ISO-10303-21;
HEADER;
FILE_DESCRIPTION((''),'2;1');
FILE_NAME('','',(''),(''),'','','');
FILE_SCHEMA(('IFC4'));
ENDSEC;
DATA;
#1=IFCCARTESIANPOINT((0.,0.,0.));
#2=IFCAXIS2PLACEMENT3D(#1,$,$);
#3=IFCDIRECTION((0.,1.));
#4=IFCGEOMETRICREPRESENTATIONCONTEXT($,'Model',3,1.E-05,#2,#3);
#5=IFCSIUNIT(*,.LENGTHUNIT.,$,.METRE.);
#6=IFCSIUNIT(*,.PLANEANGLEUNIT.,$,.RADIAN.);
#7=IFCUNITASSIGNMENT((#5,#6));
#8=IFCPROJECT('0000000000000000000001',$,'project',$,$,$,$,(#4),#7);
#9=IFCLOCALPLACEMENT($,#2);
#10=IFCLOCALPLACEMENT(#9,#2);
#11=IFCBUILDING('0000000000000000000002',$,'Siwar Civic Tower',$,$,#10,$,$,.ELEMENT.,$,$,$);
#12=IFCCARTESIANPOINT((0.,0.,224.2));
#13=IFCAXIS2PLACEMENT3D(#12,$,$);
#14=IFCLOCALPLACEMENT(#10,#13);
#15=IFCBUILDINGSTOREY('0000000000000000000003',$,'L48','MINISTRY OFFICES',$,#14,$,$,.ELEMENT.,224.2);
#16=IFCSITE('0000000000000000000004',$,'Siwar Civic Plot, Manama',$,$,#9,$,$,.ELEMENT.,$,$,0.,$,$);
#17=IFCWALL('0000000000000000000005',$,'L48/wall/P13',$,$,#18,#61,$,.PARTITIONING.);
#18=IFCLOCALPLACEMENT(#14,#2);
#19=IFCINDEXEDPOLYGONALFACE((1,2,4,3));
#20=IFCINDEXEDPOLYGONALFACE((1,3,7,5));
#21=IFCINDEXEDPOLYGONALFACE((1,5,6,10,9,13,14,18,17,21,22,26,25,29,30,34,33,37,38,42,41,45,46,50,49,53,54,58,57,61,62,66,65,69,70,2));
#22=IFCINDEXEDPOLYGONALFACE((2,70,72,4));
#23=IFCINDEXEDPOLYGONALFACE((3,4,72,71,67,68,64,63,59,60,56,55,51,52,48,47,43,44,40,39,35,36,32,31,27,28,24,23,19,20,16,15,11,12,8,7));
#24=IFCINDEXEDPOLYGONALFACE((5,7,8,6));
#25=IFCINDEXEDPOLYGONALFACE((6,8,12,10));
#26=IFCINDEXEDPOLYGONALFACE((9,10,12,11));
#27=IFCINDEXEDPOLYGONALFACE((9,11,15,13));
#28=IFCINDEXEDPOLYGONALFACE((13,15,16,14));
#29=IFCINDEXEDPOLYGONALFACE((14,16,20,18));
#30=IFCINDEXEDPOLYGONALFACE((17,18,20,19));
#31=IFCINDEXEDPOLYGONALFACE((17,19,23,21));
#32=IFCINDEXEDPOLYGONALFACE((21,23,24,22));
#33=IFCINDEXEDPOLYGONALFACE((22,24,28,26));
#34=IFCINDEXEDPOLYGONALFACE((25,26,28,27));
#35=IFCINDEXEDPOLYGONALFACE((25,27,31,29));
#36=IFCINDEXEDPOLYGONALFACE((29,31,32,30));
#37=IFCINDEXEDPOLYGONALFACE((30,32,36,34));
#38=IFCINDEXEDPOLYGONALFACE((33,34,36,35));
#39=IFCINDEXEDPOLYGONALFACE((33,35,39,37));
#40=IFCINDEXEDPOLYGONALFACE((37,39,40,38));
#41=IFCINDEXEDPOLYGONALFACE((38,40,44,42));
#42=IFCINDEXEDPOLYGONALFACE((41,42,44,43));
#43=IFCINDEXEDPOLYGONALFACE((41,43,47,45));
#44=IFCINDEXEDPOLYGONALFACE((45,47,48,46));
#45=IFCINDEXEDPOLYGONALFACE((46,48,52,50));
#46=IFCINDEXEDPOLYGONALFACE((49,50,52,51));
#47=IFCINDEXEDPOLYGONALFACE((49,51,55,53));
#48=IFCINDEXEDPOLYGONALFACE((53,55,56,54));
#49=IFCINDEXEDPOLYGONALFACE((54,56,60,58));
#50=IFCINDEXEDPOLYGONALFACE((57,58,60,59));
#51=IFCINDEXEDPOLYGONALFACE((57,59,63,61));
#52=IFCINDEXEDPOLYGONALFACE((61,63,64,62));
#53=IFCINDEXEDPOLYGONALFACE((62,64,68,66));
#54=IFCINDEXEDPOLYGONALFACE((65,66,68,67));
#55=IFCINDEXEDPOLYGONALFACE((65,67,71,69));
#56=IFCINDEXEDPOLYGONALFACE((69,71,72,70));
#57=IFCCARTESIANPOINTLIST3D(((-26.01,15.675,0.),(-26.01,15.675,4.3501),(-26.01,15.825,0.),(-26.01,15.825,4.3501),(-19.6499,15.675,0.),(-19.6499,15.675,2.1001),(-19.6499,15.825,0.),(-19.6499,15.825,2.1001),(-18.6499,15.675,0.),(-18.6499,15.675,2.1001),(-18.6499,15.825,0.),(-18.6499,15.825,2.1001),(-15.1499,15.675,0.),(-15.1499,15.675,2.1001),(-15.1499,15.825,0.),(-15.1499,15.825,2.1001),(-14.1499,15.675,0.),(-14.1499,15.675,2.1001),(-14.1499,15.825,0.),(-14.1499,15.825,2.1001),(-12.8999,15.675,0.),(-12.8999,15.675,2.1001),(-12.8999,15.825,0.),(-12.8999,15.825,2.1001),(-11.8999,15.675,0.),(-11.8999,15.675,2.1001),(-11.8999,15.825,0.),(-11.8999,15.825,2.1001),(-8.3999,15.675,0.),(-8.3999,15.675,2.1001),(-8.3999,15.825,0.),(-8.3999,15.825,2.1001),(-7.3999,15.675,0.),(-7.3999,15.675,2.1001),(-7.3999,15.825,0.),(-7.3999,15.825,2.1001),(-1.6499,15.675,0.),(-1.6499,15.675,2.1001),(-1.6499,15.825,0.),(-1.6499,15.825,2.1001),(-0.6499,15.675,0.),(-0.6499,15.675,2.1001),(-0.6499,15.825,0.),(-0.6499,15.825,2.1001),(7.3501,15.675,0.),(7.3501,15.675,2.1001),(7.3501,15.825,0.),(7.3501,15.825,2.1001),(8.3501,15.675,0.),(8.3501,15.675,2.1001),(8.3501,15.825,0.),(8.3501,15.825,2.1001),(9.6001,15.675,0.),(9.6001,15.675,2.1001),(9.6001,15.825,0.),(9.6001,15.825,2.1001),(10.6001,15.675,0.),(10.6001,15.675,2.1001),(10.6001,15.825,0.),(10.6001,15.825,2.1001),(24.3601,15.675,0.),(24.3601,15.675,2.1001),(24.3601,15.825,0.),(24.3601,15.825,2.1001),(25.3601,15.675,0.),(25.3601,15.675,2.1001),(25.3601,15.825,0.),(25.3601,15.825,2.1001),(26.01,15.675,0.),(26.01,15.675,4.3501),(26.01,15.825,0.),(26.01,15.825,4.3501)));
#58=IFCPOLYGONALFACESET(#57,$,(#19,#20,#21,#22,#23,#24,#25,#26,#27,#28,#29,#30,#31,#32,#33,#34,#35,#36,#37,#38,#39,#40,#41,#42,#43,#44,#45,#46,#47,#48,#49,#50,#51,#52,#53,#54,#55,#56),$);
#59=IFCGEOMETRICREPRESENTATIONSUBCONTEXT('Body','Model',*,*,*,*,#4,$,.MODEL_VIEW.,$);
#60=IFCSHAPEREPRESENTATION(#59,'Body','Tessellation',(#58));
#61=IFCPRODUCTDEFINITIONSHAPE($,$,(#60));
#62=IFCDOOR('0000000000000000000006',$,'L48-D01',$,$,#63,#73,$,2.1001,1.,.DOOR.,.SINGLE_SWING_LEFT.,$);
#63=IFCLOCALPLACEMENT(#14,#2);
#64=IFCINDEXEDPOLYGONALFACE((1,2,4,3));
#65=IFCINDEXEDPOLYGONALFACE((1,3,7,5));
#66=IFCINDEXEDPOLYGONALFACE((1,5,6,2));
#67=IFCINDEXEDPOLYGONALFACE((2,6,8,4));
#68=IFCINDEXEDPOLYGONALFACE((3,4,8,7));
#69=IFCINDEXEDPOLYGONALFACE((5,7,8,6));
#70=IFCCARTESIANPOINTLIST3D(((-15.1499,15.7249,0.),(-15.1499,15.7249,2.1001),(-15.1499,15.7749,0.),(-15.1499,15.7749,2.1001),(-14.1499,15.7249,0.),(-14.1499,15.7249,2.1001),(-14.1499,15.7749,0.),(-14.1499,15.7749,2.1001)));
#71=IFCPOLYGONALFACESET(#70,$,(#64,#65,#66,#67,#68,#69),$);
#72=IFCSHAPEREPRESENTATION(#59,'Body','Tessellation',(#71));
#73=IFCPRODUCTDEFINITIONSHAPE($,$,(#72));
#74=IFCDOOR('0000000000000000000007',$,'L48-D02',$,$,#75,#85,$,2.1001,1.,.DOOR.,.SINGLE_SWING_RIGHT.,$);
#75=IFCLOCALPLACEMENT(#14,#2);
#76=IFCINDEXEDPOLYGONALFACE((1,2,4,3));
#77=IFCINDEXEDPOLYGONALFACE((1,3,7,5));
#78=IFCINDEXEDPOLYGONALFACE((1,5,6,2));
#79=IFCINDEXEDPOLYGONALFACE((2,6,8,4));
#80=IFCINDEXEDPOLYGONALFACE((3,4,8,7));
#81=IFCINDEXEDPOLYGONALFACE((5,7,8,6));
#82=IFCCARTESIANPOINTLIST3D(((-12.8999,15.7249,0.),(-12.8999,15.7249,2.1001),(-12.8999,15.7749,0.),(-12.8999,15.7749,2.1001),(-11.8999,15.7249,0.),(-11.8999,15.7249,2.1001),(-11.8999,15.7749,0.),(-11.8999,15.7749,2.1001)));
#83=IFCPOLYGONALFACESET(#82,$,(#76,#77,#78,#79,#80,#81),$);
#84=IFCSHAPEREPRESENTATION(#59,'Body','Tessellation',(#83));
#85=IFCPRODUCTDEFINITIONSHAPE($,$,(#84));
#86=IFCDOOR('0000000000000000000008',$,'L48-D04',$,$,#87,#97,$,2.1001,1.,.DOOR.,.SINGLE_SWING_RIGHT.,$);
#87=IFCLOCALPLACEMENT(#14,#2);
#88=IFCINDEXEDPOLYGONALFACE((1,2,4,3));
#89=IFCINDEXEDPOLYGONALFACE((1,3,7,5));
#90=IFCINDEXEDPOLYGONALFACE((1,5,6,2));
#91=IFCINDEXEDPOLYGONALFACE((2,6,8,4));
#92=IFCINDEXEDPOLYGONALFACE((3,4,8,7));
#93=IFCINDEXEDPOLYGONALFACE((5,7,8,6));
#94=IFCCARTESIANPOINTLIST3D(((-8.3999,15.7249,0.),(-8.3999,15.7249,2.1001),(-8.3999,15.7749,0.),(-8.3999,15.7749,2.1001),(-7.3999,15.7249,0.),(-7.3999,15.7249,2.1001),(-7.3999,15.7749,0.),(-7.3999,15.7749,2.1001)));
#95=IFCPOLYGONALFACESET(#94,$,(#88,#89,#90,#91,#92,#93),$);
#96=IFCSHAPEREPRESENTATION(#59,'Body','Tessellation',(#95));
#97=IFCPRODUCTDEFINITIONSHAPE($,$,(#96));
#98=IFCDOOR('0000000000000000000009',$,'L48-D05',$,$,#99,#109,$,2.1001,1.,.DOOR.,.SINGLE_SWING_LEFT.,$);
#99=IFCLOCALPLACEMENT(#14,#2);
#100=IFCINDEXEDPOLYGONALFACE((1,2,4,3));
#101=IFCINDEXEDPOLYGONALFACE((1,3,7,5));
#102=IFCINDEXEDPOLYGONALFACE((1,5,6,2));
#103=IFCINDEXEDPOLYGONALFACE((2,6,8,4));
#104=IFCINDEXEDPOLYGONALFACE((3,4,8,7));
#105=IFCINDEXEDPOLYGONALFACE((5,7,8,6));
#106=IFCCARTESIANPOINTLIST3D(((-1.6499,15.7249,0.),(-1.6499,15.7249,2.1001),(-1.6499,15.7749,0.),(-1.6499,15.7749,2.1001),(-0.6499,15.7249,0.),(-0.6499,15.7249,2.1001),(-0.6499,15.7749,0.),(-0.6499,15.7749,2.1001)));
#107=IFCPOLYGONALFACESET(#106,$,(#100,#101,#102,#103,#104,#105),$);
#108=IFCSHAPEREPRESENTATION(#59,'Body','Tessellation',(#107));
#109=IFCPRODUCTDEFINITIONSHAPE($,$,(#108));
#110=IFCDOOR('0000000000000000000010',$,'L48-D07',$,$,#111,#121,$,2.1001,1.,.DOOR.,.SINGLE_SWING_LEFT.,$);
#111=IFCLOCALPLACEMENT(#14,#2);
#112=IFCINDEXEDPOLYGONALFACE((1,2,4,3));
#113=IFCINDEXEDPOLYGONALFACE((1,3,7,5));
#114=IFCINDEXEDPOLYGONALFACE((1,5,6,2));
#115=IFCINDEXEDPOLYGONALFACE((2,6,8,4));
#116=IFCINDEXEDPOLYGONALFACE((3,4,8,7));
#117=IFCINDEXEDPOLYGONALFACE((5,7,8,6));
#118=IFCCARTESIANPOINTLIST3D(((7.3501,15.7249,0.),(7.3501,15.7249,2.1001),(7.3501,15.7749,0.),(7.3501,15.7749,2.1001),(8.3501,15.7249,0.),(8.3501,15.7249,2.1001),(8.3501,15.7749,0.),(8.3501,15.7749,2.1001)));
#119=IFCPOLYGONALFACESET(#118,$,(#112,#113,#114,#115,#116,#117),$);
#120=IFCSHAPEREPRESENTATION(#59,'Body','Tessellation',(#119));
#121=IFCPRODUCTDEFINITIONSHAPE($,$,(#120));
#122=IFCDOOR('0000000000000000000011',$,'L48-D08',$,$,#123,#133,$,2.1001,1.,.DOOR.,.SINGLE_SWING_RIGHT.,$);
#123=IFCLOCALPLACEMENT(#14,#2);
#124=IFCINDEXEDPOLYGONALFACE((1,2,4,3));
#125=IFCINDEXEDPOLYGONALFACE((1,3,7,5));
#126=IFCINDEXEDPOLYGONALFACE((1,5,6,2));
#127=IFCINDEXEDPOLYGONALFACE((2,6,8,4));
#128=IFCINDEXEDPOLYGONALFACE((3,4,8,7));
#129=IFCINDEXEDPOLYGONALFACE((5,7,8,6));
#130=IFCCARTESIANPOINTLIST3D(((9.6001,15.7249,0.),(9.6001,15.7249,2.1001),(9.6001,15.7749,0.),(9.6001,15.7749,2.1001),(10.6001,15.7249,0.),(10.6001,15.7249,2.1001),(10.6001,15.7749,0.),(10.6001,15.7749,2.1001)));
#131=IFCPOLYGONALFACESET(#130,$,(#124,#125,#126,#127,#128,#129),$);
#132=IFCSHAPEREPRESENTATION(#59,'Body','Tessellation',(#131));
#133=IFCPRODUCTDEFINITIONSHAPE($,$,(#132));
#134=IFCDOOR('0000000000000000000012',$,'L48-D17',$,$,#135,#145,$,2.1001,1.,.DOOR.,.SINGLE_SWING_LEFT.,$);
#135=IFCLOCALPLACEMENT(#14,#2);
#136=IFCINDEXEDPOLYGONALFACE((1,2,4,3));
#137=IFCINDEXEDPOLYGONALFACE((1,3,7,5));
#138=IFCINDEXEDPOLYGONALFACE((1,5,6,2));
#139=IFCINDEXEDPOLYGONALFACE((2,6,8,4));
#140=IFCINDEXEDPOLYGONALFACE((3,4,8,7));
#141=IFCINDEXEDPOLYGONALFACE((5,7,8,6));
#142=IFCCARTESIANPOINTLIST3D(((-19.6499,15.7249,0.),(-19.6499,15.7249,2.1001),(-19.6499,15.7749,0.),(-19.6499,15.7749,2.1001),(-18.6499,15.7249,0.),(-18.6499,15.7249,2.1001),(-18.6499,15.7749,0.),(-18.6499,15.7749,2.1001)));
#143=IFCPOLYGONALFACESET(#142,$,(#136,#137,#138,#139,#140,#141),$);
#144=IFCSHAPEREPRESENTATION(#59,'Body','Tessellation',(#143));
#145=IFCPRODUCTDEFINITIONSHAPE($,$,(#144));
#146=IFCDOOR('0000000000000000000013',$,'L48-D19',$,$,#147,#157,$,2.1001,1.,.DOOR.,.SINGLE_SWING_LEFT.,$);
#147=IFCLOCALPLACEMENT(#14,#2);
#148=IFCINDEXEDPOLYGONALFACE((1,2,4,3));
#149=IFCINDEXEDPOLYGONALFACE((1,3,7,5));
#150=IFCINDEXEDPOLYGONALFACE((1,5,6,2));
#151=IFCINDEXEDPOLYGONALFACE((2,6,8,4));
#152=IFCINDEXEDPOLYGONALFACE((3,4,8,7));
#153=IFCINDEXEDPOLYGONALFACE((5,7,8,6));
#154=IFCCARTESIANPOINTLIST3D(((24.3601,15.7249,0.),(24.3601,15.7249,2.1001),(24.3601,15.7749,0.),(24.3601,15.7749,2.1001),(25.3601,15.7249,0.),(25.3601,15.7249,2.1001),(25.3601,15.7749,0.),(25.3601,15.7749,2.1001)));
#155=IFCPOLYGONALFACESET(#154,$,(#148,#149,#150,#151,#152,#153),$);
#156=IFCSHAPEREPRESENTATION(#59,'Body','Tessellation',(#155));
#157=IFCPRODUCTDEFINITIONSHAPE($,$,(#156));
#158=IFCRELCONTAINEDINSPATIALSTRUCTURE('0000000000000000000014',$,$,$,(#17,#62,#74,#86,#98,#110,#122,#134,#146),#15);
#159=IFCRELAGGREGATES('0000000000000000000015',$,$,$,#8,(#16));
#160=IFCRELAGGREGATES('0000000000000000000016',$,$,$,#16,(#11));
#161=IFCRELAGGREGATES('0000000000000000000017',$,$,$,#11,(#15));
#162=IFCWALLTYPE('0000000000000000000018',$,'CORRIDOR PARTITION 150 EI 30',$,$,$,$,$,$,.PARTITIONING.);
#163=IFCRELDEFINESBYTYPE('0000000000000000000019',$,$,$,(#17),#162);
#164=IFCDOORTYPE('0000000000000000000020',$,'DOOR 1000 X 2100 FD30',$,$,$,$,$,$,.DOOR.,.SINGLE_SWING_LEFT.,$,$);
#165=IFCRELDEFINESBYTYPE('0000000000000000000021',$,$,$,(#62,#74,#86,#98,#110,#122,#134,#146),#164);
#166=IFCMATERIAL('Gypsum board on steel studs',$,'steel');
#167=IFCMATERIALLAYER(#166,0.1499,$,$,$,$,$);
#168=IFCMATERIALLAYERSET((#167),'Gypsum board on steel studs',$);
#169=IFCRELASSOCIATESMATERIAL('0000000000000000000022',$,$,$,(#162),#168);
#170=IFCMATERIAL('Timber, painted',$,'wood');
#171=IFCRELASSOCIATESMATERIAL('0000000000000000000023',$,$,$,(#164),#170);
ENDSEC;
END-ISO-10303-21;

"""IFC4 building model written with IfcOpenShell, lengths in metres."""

from ifc_helpers import new_model, si_unit, direction, frame, frame_2d, origin, place, context, subcontext, project, spatial, rectangle, extrude, material, layer, layer_set, type_object, element, fill, save


model = new_model("IFC4")

# Units and contexts
model_context = context("Model", 3, precision=1e-05, world=origin(), true_north=direction((0.0, 1.0)))
body_context = subcontext(model_context, "Body", "Model", "MODEL_VIEW")
ifc_project = project(units=[si_unit("LENGTHUNIT", "METRE"), si_unit("PLANEANGLEUNIT", "RADIAN")], contexts=[model_context])

# Site, building, storey
site_placement = place(None, origin())
site = spatial("IfcSite", under=ifc_project, at=site_placement, Name="Siwar Civic Plot, Manama", CompositionType="ELEMENT", RefElevation=0.0)
building_placement = place(site_placement, origin())
building = spatial("IfcBuilding", under=site, at=building_placement, Name="Siwar Civic Tower", CompositionType="ELEMENT")
storey_placement = place(building_placement, frame((0.0, 0.0, 224.2)))
storey = spatial("IfcBuildingStorey", under=building, at=storey_placement, Name="L48", Description="MINISTRY OFFICES", CompositionType="ELEMENT", Elevation=224.2)

# Shared definitions
ifc_material_1 = material(Name="Gypsum board on steel studs", Category="steel")
ifc_layer_1 = layer(ifc_material_1, 0.1499)
ifc_layer_set_1 = layer_set([ifc_layer_1], Name="Gypsum board on steel studs")
wall_type_1 = type_object("IfcWallType", Name="CORRIDOR PARTITION 150 EI 30", PredefinedType="PARTITIONING", material=ifc_layer_set_1)

# Wall, openings, doors
wall_1_placement = place(storey_placement, frame((-26.01, 15.75, 0.0), z_axis=(0.0, 0.0, 1.0), x_axis=(1.0, 0.0, 0.0)))
wall_1 = element("IfcWall", 1, at=wall_1_placement, inside=storey, type_object=wall_type_1, Name="L48/wall/P13", PredefinedType="PARTITIONING", context=body_context, shape_type="SweptSolid", body=[
    extrude(rectangle(XDim=52.02, YDim=0.1499, at=frame_2d((26.01, 0.0))), origin(), (0.0, 0.0, 1.0), 4.3501),
])
opening_1_placement = place(wall_1_placement, frame((10.8601, 0.0, 0.0)))
opening_1 = element("IfcOpeningElement", 2, at=opening_1_placement, cuts=wall_1, PredefinedType="OPENING", context=body_context, shape_type="SweptSolid", body=[
    extrude(rectangle(XDim=1.0, YDim=2.1001, at=frame_2d((0.5, 1.05))), frame((0.0, 0.085, 0.0), z_axis=(0.0, -1.0, 0.0), x_axis=(1.0, 0.0, 0.0)), (0.0, 0.0, 1.0), 0.1699),
])
opening_2_placement = place(wall_1_placement, frame((13.1101, 0.0, 0.0)))
opening_2 = element("IfcOpeningElement", 3, at=opening_2_placement, cuts=wall_1, PredefinedType="OPENING", context=body_context, shape_type="SweptSolid", body=[
    extrude(rectangle(XDim=1.0, YDim=2.1001, at=frame_2d((0.5, 1.05))), frame((0.0, 0.085, 0.0), z_axis=(0.0, -1.0, 0.0), x_axis=(1.0, 0.0, 0.0)), (0.0, 0.0, 1.0), 0.1699),
])
opening_3_placement = place(wall_1_placement, frame((17.6101, 0.0, 0.0)))
opening_3 = element("IfcOpeningElement", 4, at=opening_3_placement, cuts=wall_1, PredefinedType="OPENING", context=body_context, shape_type="SweptSolid", body=[
    extrude(rectangle(XDim=1.0, YDim=2.1001, at=frame_2d((0.5, 1.05))), frame((0.0, 0.085, 0.0), z_axis=(0.0, -1.0, 0.0), x_axis=(1.0, 0.0, 0.0)), (0.0, 0.0, 1.0), 0.1699),
])
opening_4_placement = place(wall_1_placement, frame((24.3601, 0.0, 0.0)))
opening_4 = element("IfcOpeningElement", 5, at=opening_4_placement, cuts=wall_1, PredefinedType="OPENING", context=body_context, shape_type="SweptSolid", body=[
    extrude(rectangle(XDim=1.0, YDim=2.1001, at=frame_2d((0.5, 1.05))), frame((0.0, 0.085, 0.0), z_axis=(0.0, -1.0, 0.0), x_axis=(1.0, 0.0, 0.0)), (0.0, 0.0, 1.0), 0.1699),
])
opening_5_placement = place(wall_1_placement, frame((33.3601, 0.0, 0.0)))
opening_5 = element("IfcOpeningElement", 6, at=opening_5_placement, cuts=wall_1, PredefinedType="OPENING", context=body_context, shape_type="SweptSolid", body=[
    extrude(rectangle(XDim=1.0, YDim=2.1001, at=frame_2d((0.5, 1.05))), frame((0.0, 0.085, 0.0), z_axis=(0.0, -1.0, 0.0), x_axis=(1.0, 0.0, 0.0)), (0.0, 0.0, 1.0), 0.1699),
])
opening_6_placement = place(wall_1_placement, frame((35.6101, 0.0, 0.0)))
opening_6 = element("IfcOpeningElement", 7, at=opening_6_placement, cuts=wall_1, PredefinedType="OPENING", context=body_context, shape_type="SweptSolid", body=[
    extrude(rectangle(XDim=1.0, YDim=2.1001, at=frame_2d((0.5, 1.05))), frame((0.0, 0.085, 0.0), z_axis=(0.0, -1.0, 0.0), x_axis=(1.0, 0.0, 0.0)), (0.0, 0.0, 1.0), 0.1699),
])
opening_7_placement = place(wall_1_placement, frame((6.3601, 0.0, 0.0)))
opening_7 = element("IfcOpeningElement", 8, at=opening_7_placement, cuts=wall_1, PredefinedType="OPENING", context=body_context, shape_type="SweptSolid", body=[
    extrude(rectangle(XDim=1.0, YDim=2.1001, at=frame_2d((0.5, 1.05))), frame((0.0, 0.085, 0.0), z_axis=(0.0, -1.0, 0.0), x_axis=(1.0, 0.0, 0.0)), (0.0, 0.0, 1.0), 0.1699),
])
opening_8_placement = place(wall_1_placement, frame((50.3701, 0.0, 0.0)))
opening_8 = element("IfcOpeningElement", 9, at=opening_8_placement, cuts=wall_1, PredefinedType="OPENING", context=body_context, shape_type="SweptSolid", body=[
    extrude(rectangle(XDim=1.0, YDim=2.1001, at=frame_2d((0.5, 1.05))), frame((0.0, 0.085, 0.0), z_axis=(0.0, -1.0, 0.0), x_axis=(1.0, 0.0, 0.0)), (0.0, 0.0, 1.0), 0.1699),
])
ifc_material_2 = material(Name="Timber, painted", Category="wood")
door_type = type_object("IfcDoorType", Name="DOOR 1000 X 2100 FD30", OperationType="SINGLE_SWING_LEFT", PredefinedType="DOOR", material=ifc_material_2)
door_1_placement = place(opening_1_placement, origin())
door_1 = element("IfcDoor", 10, at=door_1_placement, inside=storey, type_object=door_type, Name="L48-D01", OperationType="SINGLE_SWING_LEFT", OverallHeight=2.1001, OverallWidth=1.0, PredefinedType="DOOR", context=body_context, shape_type="SweptSolid", body=[
    extrude(rectangle(XDim=1.0, YDim=2.1001, at=frame_2d((0.5, 1.05))), frame((0.0, 0.0249, 0.0), z_axis=(0.0, -1.0, 0.0), x_axis=(1.0, 0.0, 0.0)), (0.0, 0.0, 1.0), 0.05),
])
fill(opening_1, door_1)
door_2_placement = place(opening_2_placement, origin())
door_2 = element("IfcDoor", 11, at=door_2_placement, inside=storey, type_object=door_type, Name="L48-D02", OperationType="SINGLE_SWING_RIGHT", OverallHeight=2.1001, OverallWidth=1.0, PredefinedType="DOOR", context=body_context, shape_type="SweptSolid", body=[
    extrude(rectangle(XDim=1.0, YDim=2.1001, at=frame_2d((0.5, 1.05))), frame((0.0, 0.0249, 0.0), z_axis=(0.0, -1.0, 0.0), x_axis=(1.0, 0.0, 0.0)), (0.0, 0.0, 1.0), 0.05),
])
fill(opening_2, door_2)
door_3_placement = place(opening_3_placement, origin())
door_3 = element("IfcDoor", 12, at=door_3_placement, inside=storey, type_object=door_type, Name="L48-D04", OperationType="SINGLE_SWING_RIGHT", OverallHeight=2.1001, OverallWidth=1.0, PredefinedType="DOOR", context=body_context, shape_type="SweptSolid", body=[
    extrude(rectangle(XDim=1.0, YDim=2.1001, at=frame_2d((0.5, 1.05))), frame((0.0, 0.0249, 0.0), z_axis=(0.0, -1.0, 0.0), x_axis=(1.0, 0.0, 0.0)), (0.0, 0.0, 1.0), 0.05),
])
fill(opening_3, door_3)
door_4_placement = place(opening_4_placement, origin())
door_4 = element("IfcDoor", 13, at=door_4_placement, inside=storey, type_object=door_type, Name="L48-D05", OperationType="SINGLE_SWING_LEFT", OverallHeight=2.1001, OverallWidth=1.0, PredefinedType="DOOR", context=body_context, shape_type="SweptSolid", body=[
    extrude(rectangle(XDim=1.0, YDim=2.1001, at=frame_2d((0.5, 1.05))), frame((0.0, 0.0249, 0.0), z_axis=(0.0, -1.0, 0.0), x_axis=(1.0, 0.0, 0.0)), (0.0, 0.0, 1.0), 0.05),
])
fill(opening_4, door_4)
door_5_placement = place(opening_5_placement, origin())
door_5 = element("IfcDoor", 14, at=door_5_placement, inside=storey, type_object=door_type, Name="L48-D07", OperationType="SINGLE_SWING_LEFT", OverallHeight=2.1001, OverallWidth=1.0, PredefinedType="DOOR", context=body_context, shape_type="SweptSolid", body=[
    extrude(rectangle(XDim=1.0, YDim=2.1001, at=frame_2d((0.5, 1.05))), frame((0.0, 0.0249, 0.0), z_axis=(0.0, -1.0, 0.0), x_axis=(1.0, 0.0, 0.0)), (0.0, 0.0, 1.0), 0.05),
])
fill(opening_5, door_5)
door_6_placement = place(opening_6_placement, origin())
door_6 = element("IfcDoor", 15, at=door_6_placement, inside=storey, type_object=door_type, Name="L48-D08", OperationType="SINGLE_SWING_RIGHT", OverallHeight=2.1001, OverallWidth=1.0, PredefinedType="DOOR", context=body_context, shape_type="SweptSolid", body=[
    extrude(rectangle(XDim=1.0, YDim=2.1001, at=frame_2d((0.5, 1.05))), frame((0.0, 0.0249, 0.0), z_axis=(0.0, -1.0, 0.0), x_axis=(1.0, 0.0, 0.0)), (0.0, 0.0, 1.0), 0.05),
])
fill(opening_6, door_6)
door_7_placement = place(opening_7_placement, origin())
door_7 = element("IfcDoor", 16, at=door_7_placement, inside=storey, type_object=door_type, Name="L48-D17", OperationType="SINGLE_SWING_LEFT", OverallHeight=2.1001, OverallWidth=1.0, PredefinedType="DOOR", context=body_context, shape_type="SweptSolid", body=[
    extrude(rectangle(XDim=1.0, YDim=2.1001, at=frame_2d((0.5, 1.05))), frame((0.0, 0.0249, 0.0), z_axis=(0.0, -1.0, 0.0), x_axis=(1.0, 0.0, 0.0)), (0.0, 0.0, 1.0), 0.05),
])
fill(opening_7, door_7)
door_8_placement = place(opening_8_placement, origin())
door_8 = element("IfcDoor", 17, at=door_8_placement, inside=storey, type_object=door_type, Name="L48-D19", OperationType="SINGLE_SWING_LEFT", OverallHeight=2.1001, OverallWidth=1.0, PredefinedType="DOOR", context=body_context, shape_type="SweptSolid", body=[
    extrude(rectangle(XDim=1.0, YDim=2.1001, at=frame_2d((0.5, 1.05))), frame((0.0, 0.0249, 0.0), z_axis=(0.0, -1.0, 0.0), x_axis=(1.0, 0.0, 0.0)), (0.0, 0.0, 1.0), 0.05),
])
fill(opening_8, door_8)

save(model, "model.ifc")
